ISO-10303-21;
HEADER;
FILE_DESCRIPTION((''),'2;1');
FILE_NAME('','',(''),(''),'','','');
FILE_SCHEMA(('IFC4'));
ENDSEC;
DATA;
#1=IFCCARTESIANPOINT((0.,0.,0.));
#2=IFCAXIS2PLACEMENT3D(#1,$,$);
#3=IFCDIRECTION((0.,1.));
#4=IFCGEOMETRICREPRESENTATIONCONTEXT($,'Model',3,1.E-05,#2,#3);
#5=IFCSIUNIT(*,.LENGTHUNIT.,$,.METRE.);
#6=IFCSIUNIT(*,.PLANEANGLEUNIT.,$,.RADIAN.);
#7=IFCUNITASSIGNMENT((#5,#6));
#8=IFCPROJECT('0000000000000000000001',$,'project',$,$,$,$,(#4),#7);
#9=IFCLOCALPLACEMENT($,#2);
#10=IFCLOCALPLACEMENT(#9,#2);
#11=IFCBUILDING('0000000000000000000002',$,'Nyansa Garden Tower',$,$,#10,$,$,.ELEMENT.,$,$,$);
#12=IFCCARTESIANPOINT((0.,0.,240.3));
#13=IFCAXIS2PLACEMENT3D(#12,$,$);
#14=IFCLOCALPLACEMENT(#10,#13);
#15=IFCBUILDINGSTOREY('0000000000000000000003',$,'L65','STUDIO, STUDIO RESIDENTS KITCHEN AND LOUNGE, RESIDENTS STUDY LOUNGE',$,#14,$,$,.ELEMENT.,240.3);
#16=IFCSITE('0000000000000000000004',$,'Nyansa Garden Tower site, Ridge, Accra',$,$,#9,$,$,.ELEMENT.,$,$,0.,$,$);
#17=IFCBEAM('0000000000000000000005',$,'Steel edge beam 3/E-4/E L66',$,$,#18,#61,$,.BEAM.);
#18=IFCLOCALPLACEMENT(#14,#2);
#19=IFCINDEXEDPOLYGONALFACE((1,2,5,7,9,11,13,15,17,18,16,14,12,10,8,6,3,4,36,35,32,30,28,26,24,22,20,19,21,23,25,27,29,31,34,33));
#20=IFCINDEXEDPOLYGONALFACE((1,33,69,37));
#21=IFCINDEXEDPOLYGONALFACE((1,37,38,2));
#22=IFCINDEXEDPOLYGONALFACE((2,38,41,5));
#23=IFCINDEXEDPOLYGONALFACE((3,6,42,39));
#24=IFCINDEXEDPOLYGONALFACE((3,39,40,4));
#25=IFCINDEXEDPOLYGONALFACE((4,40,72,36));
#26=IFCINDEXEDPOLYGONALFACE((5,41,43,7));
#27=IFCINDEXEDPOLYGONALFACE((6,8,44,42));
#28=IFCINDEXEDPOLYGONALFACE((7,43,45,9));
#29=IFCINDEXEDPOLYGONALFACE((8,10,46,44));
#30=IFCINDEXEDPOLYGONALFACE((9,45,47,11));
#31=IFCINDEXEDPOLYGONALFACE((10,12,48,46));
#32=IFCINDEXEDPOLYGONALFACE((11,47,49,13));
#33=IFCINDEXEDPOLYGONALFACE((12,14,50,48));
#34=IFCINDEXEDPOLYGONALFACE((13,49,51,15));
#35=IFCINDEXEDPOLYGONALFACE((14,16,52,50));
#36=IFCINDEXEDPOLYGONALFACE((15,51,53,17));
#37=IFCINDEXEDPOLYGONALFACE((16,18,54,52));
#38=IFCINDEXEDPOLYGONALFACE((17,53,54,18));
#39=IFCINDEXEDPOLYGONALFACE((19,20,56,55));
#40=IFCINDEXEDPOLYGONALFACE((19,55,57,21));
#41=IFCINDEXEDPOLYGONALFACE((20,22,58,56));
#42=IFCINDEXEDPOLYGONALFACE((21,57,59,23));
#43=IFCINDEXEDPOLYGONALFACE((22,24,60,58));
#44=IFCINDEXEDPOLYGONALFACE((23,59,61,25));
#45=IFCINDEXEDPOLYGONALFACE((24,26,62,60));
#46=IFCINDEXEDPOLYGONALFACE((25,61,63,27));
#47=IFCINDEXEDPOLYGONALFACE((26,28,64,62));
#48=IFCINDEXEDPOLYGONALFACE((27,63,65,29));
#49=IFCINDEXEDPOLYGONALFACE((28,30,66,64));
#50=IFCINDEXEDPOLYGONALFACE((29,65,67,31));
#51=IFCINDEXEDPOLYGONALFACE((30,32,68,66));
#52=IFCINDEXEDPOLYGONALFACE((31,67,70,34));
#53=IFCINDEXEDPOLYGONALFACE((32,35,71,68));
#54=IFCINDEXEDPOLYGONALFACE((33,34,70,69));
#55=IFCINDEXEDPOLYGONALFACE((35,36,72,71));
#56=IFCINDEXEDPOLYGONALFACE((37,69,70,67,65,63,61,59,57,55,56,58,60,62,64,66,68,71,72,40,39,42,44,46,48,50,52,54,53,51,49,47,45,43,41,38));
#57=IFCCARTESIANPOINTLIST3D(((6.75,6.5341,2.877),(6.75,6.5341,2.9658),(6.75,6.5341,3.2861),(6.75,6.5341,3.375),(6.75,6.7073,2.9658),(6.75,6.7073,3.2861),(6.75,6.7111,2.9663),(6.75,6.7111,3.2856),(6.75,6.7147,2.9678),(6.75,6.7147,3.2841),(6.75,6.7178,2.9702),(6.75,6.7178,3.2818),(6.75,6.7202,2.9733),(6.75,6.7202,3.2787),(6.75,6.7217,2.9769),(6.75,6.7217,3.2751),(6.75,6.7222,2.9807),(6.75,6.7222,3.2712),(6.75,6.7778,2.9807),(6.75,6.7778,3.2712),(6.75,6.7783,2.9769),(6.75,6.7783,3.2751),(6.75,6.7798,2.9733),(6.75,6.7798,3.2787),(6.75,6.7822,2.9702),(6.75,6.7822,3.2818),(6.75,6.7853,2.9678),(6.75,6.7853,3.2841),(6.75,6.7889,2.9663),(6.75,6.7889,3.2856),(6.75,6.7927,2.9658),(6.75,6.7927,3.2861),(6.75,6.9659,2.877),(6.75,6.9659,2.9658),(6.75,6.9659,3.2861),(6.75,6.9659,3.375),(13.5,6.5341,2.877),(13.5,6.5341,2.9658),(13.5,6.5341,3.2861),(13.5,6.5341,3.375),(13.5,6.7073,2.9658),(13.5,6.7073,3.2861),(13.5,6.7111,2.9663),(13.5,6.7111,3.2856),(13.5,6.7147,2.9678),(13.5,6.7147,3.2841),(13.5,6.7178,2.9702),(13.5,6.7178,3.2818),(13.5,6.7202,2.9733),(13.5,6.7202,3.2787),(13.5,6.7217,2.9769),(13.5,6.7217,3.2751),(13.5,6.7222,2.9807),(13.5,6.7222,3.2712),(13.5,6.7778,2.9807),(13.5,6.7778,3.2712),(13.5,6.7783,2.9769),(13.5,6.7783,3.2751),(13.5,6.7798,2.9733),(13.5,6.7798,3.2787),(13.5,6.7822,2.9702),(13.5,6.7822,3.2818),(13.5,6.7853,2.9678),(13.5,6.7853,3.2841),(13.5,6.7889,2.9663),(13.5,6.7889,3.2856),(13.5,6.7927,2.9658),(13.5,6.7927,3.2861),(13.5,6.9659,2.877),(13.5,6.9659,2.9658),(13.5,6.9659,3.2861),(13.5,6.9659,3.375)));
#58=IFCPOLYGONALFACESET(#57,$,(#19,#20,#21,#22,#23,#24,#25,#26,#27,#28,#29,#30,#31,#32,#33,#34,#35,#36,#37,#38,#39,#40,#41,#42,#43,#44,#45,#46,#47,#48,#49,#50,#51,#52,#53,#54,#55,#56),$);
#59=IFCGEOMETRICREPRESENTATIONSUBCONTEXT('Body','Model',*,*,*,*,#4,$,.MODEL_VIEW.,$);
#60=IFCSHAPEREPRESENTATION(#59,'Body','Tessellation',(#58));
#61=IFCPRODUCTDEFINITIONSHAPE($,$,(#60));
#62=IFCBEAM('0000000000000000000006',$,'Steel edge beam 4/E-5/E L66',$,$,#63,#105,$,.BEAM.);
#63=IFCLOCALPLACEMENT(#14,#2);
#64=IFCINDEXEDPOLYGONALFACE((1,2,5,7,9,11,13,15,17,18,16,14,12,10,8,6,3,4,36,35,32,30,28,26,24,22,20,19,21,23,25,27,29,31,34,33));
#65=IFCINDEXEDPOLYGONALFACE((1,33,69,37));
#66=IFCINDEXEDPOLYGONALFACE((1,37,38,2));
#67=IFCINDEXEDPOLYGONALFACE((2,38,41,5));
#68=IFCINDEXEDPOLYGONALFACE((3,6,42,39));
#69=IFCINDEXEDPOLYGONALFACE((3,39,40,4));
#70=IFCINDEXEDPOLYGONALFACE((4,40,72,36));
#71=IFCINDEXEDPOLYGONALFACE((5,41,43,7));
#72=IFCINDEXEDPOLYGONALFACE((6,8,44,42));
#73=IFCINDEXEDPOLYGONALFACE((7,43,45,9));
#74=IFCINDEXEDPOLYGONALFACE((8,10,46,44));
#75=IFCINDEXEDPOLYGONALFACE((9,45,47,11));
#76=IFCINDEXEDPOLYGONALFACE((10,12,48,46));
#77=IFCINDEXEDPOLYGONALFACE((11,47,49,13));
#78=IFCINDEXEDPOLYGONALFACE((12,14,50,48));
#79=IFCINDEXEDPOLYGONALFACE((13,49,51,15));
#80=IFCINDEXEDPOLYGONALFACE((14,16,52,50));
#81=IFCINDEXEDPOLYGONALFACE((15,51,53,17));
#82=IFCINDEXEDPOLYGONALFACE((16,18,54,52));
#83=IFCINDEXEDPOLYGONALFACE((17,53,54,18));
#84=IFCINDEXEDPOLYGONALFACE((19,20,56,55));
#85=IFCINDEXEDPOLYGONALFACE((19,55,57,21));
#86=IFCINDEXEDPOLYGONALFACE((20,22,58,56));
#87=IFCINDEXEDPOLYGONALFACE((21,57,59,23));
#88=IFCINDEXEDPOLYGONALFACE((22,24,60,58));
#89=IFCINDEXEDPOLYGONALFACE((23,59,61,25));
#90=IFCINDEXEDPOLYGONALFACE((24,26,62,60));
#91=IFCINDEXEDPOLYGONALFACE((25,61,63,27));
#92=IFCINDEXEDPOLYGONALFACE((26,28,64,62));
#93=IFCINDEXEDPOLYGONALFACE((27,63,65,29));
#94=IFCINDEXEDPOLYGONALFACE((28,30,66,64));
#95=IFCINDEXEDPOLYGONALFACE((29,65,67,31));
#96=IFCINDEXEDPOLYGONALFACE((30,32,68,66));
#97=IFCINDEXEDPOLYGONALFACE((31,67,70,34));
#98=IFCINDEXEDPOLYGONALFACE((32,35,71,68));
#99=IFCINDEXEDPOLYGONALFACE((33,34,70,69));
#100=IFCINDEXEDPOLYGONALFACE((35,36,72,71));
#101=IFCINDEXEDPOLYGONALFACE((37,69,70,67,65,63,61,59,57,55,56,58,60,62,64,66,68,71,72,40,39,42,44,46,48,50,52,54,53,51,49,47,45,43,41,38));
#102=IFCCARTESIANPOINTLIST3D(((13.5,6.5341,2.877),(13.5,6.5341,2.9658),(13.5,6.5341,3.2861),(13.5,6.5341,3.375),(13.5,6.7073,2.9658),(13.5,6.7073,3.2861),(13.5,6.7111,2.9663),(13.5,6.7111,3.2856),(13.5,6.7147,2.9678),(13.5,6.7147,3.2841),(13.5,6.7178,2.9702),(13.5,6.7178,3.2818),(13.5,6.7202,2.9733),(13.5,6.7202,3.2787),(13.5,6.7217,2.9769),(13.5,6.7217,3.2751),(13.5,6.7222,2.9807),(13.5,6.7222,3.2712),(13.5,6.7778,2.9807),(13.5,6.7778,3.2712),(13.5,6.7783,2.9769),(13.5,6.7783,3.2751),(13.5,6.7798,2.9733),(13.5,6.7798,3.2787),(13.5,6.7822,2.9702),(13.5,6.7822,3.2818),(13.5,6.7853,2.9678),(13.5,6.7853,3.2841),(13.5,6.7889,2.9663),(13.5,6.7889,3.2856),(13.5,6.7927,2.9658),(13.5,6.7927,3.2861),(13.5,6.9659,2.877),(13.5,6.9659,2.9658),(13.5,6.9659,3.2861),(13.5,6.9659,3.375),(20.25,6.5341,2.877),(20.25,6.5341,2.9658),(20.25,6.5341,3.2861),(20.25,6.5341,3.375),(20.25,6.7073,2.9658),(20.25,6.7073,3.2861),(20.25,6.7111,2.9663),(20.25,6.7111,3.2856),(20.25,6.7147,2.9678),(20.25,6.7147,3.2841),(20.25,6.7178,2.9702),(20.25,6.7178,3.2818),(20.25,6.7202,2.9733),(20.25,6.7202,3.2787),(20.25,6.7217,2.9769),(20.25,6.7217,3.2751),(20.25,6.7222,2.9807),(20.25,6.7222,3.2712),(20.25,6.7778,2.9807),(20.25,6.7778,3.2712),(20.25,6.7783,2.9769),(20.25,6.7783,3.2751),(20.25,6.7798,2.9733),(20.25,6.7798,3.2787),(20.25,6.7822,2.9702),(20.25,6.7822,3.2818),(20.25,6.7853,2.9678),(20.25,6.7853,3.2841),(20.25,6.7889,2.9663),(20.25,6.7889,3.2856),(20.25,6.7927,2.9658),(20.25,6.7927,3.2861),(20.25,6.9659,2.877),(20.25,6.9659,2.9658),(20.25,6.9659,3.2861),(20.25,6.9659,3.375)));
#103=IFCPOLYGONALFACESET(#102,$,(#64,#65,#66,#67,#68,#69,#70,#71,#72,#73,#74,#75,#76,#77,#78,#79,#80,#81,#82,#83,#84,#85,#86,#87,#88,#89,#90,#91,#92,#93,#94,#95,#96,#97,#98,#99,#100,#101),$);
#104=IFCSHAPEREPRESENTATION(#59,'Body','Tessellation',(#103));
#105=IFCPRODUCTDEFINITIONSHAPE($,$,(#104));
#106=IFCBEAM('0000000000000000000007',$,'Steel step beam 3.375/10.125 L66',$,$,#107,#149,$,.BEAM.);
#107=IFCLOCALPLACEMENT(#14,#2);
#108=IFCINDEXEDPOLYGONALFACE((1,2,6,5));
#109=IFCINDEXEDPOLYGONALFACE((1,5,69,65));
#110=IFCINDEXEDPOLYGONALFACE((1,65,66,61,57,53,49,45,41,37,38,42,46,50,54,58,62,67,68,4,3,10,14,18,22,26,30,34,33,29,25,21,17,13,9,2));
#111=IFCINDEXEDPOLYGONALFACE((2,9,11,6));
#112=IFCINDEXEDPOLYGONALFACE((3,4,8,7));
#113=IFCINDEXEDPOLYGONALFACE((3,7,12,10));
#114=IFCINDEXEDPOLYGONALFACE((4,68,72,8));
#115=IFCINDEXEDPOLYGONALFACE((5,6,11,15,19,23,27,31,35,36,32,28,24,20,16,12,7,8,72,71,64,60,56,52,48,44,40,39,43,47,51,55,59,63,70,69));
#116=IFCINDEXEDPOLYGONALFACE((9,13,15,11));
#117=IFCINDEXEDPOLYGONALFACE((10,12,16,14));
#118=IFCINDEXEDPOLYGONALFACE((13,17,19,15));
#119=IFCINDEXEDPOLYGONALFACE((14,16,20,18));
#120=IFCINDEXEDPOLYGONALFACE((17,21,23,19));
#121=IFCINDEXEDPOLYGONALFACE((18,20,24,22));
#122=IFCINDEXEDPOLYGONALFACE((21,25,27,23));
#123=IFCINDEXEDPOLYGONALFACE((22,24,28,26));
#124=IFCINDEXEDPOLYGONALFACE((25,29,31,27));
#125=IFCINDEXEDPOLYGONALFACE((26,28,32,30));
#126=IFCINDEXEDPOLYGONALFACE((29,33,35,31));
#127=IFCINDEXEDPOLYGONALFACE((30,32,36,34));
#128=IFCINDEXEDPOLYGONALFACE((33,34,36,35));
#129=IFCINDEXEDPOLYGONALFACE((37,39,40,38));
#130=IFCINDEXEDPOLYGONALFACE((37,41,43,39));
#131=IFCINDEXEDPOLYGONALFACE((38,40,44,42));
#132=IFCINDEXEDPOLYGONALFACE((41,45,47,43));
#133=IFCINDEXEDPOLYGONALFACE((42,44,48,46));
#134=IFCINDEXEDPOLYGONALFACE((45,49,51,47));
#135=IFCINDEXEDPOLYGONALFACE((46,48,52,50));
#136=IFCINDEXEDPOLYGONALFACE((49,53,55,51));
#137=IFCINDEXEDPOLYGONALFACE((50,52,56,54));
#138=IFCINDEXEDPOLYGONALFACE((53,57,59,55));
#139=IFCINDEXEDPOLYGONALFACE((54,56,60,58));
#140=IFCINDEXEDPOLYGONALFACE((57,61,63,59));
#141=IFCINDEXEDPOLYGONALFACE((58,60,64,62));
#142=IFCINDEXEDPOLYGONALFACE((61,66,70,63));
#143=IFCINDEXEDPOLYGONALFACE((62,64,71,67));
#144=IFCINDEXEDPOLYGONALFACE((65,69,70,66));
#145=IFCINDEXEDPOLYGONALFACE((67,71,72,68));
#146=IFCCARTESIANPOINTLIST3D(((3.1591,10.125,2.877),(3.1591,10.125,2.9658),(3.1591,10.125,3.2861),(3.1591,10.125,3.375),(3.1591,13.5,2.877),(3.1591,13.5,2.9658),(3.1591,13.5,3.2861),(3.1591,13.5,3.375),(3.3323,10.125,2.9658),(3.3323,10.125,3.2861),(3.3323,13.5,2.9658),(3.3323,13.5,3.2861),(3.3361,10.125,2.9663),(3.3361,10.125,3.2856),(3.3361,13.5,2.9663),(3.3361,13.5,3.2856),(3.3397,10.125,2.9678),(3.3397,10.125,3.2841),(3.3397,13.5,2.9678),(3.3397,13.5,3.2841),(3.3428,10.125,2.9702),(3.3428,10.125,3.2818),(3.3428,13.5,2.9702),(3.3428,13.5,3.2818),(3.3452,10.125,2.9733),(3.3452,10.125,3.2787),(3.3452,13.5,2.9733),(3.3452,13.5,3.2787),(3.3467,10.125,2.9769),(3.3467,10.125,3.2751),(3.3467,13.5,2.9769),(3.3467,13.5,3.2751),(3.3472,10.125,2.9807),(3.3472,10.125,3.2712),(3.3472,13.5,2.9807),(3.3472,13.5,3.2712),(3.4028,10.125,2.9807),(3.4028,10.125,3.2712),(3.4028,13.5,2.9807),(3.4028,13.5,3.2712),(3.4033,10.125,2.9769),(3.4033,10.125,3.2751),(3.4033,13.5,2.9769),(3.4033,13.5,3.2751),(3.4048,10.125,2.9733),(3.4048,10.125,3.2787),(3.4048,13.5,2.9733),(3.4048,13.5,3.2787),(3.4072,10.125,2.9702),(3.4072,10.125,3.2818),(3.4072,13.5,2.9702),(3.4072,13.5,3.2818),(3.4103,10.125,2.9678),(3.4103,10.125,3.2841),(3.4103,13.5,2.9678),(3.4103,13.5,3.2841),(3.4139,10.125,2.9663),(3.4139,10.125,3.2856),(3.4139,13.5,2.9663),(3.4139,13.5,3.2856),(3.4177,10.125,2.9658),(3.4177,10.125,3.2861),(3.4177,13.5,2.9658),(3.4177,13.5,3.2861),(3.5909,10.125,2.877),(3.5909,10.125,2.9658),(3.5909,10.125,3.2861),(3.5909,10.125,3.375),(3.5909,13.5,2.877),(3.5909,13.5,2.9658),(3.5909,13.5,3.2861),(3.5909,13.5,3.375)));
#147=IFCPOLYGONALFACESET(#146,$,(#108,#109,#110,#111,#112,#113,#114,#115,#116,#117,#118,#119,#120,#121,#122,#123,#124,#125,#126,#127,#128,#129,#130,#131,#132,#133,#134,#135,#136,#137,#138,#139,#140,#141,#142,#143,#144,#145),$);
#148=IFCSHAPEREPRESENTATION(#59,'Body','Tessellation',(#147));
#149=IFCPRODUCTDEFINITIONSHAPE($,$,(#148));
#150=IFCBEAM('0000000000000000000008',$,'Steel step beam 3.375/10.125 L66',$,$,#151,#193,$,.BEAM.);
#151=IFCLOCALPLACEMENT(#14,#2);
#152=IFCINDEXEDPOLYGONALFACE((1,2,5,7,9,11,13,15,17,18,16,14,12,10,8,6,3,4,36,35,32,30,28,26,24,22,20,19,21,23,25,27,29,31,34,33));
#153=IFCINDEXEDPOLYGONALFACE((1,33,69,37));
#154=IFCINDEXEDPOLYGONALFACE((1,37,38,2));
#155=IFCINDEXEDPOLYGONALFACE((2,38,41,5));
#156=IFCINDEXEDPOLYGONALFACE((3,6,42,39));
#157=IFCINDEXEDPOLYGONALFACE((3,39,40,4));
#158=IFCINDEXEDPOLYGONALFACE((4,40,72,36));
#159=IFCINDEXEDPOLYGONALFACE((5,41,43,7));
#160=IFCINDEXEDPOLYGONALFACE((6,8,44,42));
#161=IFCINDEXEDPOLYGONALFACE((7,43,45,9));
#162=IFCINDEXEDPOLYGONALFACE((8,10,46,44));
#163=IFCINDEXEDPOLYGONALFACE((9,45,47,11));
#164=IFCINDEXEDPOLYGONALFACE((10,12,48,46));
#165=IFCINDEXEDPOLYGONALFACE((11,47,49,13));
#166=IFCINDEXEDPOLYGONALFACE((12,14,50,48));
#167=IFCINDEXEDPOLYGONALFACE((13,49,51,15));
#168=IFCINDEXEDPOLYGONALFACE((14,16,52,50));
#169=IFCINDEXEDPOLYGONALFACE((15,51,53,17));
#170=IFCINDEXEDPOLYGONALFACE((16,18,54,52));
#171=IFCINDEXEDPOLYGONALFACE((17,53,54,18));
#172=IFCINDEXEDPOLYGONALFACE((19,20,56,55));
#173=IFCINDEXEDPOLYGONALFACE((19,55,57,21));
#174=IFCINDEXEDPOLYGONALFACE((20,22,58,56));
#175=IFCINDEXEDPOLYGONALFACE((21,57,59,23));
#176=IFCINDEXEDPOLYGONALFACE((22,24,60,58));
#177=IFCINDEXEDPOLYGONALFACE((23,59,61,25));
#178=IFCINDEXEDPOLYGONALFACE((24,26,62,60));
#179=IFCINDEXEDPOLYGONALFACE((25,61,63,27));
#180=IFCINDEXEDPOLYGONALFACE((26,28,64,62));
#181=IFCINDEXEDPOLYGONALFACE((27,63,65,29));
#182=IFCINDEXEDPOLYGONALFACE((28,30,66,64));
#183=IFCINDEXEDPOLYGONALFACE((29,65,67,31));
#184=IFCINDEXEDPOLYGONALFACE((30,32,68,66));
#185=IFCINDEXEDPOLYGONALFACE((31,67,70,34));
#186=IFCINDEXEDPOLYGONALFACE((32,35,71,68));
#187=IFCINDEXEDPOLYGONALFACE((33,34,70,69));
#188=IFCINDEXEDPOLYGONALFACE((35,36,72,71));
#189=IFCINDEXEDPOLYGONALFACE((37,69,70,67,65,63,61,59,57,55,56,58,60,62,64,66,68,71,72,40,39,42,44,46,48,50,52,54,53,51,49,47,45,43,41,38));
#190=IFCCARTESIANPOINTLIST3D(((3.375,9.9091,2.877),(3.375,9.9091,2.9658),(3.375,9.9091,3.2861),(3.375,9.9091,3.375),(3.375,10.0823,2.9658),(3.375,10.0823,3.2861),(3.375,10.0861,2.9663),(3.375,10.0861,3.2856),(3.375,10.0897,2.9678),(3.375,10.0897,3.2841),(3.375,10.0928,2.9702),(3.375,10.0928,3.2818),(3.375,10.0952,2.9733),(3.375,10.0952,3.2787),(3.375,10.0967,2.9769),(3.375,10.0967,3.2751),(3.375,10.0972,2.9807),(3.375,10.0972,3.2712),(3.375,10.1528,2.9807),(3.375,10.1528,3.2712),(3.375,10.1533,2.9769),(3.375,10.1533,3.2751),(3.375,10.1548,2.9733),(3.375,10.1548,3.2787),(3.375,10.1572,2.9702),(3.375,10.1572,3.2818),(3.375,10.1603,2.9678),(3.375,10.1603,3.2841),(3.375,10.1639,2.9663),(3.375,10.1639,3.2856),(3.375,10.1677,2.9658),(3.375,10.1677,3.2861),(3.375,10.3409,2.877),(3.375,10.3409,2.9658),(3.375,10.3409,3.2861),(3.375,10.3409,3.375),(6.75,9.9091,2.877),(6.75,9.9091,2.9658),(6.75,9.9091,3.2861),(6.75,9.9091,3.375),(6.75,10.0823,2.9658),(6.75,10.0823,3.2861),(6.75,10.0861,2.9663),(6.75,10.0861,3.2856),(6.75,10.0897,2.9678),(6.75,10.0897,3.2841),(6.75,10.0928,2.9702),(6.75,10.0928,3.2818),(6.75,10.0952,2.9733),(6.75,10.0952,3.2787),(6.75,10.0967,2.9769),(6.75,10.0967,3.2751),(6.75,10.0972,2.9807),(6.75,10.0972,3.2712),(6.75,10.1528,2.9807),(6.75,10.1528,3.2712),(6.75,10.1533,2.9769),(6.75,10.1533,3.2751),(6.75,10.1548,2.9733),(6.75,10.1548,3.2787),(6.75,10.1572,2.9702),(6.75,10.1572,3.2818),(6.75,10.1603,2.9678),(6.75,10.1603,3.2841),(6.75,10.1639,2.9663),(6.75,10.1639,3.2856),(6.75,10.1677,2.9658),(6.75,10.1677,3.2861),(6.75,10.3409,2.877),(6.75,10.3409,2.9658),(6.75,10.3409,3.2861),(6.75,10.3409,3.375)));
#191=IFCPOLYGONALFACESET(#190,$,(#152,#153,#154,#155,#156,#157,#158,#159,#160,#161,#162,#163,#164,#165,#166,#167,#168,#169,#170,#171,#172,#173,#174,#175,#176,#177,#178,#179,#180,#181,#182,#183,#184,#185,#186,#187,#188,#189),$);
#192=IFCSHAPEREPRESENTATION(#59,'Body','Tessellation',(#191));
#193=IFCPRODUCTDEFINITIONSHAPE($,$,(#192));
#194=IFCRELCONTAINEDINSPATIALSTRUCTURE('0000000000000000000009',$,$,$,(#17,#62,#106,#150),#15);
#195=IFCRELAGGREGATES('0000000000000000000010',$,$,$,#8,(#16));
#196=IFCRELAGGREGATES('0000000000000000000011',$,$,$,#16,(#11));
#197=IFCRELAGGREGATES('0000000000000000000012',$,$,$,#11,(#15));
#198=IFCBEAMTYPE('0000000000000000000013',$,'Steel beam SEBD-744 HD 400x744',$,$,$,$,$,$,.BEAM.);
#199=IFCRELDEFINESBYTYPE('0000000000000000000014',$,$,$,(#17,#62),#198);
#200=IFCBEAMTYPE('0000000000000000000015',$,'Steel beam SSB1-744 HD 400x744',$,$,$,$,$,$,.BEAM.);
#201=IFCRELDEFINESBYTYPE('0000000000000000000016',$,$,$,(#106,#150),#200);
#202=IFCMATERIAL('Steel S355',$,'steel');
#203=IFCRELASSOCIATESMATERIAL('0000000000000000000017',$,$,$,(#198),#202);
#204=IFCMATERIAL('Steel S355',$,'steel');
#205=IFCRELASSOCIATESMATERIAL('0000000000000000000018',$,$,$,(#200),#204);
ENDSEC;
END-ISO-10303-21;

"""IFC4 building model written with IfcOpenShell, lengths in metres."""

from ifc_helpers import new_model, si_unit, direction, frame, origin, origin_2d, place, context, subcontext, project, spatial, i_section, extrude, material, material_profile, profile_set, type_object, element, save


model = new_model("IFC4")

# Units and contexts
model_context = context("Model", 3, precision=1e-05, world=origin(), true_north=direction((0.0, 1.0)))
body_context = subcontext(model_context, "Body", "Model", "MODEL_VIEW")
ifc_project = project(units=[si_unit("LENGTHUNIT", "METRE"), si_unit("PLANEANGLEUNIT", "RADIAN")], contexts=[model_context])

# Site, building, storey
site_placement = place(None, origin())
site = spatial("IfcSite", under=ifc_project, at=site_placement, Name="Nyansa Garden Tower site, Ridge, Accra", CompositionType="ELEMENT", RefElevation=0.0)
building_placement = place(site_placement, origin())
building = spatial("IfcBuilding", under=site, at=building_placement, Name="Nyansa Garden Tower", CompositionType="ELEMENT")
storey_placement = place(building_placement, frame((0.0, 0.0, 240.3)))
storey = spatial("IfcBuildingStorey", under=building, at=storey_placement, Name="L65", Description="STUDIO, STUDIO RESIDENTS KITCHEN AND LOUNGE, RESIDENTS STUDY LOUNGE", CompositionType="ELEMENT", Elevation=240.3)

# Beams
ifc_material_1 = material(Name="Steel S355", Category="steel")
ifc_material_profile_1 = material_profile(ifc_material_1, i_section(OverallWidth=0.4319, OverallDepth=0.498, WebThickness=0.0557, FlangeThickness=0.0889, FilletRadius=0.0149, at=origin_2d()), Name="HD 400x744")
ifc_profile_set_1 = profile_set([ifc_material_profile_1], Name="Steel S355")
beam_type_1 = type_object("IfcBeamType", Name="Steel beam SEBD-744 HD 400x744", PredefinedType="BEAM", material=ifc_profile_set_1)
for number, where, z_axis, x_axis, name in (
    (1, (6.75, 6.75, 3.126), (1.0, 0.0, 0.0), (0.0, 1.0, 0.0), "Steel edge beam 3/E-4/E L66"),
    (2, (13.5, 6.75, 3.126), (1.0, 0.0, 0.0), (0.0, 1.0, 0.0), "Steel edge beam 4/E-5/E L66"),
):
    element("IfcBeam", number, at=place(storey_placement, frame(where, z_axis=z_axis, x_axis=x_axis)), inside=storey, type_object=beam_type_1, Name=name, PredefinedType="BEAM", context=body_context, shape_type="SweptSolid", body=[
        extrude(i_section(OverallWidth=0.4319, OverallDepth=0.498, WebThickness=0.0557, FlangeThickness=0.0889, FilletRadius=0.0149, at=origin_2d()), origin(), (0.0, 0.0, 1.0), 6.75),
    ])
ifc_material_2 = material(Name="Steel S355", Category="steel")
ifc_material_profile_2 = material_profile(ifc_material_2, i_section(OverallWidth=0.4319, OverallDepth=0.498, WebThickness=0.0557, FlangeThickness=0.0889, FilletRadius=0.0149, at=origin_2d()), Name="HD 400x744")
ifc_profile_set_2 = profile_set([ifc_material_profile_2], Name="Steel S355")
beam_type_2 = type_object("IfcBeamType", Name="Steel beam SSB1-744 HD 400x744", PredefinedType="BEAM", material=ifc_profile_set_2)
for number, where, z_axis, x_axis, name in (
    (3, (3.375, 10.125, 3.126), (0.0, 1.0, 0.0), (-1.0, 0.0, 0.0), "Steel step beam 3.375/10.125 L66"),
    (4, (3.375, 10.125, 3.126), (1.0, 0.0, 0.0), (0.0, 1.0, 0.0), "Steel step beam 3.375/10.125 L66"),
):
    element("IfcBeam", number, at=place(storey_placement, frame(where, z_axis=z_axis, x_axis=x_axis)), inside=storey, type_object=beam_type_2, Name=name, PredefinedType="BEAM", context=body_context, shape_type="SweptSolid", body=[
        extrude(i_section(OverallWidth=0.4319, OverallDepth=0.498, WebThickness=0.0557, FlangeThickness=0.0889, FilletRadius=0.0149, at=origin_2d()), origin(), (0.0, 0.0, 1.0), 3.375),
    ])

save(model, "model.ifc")
